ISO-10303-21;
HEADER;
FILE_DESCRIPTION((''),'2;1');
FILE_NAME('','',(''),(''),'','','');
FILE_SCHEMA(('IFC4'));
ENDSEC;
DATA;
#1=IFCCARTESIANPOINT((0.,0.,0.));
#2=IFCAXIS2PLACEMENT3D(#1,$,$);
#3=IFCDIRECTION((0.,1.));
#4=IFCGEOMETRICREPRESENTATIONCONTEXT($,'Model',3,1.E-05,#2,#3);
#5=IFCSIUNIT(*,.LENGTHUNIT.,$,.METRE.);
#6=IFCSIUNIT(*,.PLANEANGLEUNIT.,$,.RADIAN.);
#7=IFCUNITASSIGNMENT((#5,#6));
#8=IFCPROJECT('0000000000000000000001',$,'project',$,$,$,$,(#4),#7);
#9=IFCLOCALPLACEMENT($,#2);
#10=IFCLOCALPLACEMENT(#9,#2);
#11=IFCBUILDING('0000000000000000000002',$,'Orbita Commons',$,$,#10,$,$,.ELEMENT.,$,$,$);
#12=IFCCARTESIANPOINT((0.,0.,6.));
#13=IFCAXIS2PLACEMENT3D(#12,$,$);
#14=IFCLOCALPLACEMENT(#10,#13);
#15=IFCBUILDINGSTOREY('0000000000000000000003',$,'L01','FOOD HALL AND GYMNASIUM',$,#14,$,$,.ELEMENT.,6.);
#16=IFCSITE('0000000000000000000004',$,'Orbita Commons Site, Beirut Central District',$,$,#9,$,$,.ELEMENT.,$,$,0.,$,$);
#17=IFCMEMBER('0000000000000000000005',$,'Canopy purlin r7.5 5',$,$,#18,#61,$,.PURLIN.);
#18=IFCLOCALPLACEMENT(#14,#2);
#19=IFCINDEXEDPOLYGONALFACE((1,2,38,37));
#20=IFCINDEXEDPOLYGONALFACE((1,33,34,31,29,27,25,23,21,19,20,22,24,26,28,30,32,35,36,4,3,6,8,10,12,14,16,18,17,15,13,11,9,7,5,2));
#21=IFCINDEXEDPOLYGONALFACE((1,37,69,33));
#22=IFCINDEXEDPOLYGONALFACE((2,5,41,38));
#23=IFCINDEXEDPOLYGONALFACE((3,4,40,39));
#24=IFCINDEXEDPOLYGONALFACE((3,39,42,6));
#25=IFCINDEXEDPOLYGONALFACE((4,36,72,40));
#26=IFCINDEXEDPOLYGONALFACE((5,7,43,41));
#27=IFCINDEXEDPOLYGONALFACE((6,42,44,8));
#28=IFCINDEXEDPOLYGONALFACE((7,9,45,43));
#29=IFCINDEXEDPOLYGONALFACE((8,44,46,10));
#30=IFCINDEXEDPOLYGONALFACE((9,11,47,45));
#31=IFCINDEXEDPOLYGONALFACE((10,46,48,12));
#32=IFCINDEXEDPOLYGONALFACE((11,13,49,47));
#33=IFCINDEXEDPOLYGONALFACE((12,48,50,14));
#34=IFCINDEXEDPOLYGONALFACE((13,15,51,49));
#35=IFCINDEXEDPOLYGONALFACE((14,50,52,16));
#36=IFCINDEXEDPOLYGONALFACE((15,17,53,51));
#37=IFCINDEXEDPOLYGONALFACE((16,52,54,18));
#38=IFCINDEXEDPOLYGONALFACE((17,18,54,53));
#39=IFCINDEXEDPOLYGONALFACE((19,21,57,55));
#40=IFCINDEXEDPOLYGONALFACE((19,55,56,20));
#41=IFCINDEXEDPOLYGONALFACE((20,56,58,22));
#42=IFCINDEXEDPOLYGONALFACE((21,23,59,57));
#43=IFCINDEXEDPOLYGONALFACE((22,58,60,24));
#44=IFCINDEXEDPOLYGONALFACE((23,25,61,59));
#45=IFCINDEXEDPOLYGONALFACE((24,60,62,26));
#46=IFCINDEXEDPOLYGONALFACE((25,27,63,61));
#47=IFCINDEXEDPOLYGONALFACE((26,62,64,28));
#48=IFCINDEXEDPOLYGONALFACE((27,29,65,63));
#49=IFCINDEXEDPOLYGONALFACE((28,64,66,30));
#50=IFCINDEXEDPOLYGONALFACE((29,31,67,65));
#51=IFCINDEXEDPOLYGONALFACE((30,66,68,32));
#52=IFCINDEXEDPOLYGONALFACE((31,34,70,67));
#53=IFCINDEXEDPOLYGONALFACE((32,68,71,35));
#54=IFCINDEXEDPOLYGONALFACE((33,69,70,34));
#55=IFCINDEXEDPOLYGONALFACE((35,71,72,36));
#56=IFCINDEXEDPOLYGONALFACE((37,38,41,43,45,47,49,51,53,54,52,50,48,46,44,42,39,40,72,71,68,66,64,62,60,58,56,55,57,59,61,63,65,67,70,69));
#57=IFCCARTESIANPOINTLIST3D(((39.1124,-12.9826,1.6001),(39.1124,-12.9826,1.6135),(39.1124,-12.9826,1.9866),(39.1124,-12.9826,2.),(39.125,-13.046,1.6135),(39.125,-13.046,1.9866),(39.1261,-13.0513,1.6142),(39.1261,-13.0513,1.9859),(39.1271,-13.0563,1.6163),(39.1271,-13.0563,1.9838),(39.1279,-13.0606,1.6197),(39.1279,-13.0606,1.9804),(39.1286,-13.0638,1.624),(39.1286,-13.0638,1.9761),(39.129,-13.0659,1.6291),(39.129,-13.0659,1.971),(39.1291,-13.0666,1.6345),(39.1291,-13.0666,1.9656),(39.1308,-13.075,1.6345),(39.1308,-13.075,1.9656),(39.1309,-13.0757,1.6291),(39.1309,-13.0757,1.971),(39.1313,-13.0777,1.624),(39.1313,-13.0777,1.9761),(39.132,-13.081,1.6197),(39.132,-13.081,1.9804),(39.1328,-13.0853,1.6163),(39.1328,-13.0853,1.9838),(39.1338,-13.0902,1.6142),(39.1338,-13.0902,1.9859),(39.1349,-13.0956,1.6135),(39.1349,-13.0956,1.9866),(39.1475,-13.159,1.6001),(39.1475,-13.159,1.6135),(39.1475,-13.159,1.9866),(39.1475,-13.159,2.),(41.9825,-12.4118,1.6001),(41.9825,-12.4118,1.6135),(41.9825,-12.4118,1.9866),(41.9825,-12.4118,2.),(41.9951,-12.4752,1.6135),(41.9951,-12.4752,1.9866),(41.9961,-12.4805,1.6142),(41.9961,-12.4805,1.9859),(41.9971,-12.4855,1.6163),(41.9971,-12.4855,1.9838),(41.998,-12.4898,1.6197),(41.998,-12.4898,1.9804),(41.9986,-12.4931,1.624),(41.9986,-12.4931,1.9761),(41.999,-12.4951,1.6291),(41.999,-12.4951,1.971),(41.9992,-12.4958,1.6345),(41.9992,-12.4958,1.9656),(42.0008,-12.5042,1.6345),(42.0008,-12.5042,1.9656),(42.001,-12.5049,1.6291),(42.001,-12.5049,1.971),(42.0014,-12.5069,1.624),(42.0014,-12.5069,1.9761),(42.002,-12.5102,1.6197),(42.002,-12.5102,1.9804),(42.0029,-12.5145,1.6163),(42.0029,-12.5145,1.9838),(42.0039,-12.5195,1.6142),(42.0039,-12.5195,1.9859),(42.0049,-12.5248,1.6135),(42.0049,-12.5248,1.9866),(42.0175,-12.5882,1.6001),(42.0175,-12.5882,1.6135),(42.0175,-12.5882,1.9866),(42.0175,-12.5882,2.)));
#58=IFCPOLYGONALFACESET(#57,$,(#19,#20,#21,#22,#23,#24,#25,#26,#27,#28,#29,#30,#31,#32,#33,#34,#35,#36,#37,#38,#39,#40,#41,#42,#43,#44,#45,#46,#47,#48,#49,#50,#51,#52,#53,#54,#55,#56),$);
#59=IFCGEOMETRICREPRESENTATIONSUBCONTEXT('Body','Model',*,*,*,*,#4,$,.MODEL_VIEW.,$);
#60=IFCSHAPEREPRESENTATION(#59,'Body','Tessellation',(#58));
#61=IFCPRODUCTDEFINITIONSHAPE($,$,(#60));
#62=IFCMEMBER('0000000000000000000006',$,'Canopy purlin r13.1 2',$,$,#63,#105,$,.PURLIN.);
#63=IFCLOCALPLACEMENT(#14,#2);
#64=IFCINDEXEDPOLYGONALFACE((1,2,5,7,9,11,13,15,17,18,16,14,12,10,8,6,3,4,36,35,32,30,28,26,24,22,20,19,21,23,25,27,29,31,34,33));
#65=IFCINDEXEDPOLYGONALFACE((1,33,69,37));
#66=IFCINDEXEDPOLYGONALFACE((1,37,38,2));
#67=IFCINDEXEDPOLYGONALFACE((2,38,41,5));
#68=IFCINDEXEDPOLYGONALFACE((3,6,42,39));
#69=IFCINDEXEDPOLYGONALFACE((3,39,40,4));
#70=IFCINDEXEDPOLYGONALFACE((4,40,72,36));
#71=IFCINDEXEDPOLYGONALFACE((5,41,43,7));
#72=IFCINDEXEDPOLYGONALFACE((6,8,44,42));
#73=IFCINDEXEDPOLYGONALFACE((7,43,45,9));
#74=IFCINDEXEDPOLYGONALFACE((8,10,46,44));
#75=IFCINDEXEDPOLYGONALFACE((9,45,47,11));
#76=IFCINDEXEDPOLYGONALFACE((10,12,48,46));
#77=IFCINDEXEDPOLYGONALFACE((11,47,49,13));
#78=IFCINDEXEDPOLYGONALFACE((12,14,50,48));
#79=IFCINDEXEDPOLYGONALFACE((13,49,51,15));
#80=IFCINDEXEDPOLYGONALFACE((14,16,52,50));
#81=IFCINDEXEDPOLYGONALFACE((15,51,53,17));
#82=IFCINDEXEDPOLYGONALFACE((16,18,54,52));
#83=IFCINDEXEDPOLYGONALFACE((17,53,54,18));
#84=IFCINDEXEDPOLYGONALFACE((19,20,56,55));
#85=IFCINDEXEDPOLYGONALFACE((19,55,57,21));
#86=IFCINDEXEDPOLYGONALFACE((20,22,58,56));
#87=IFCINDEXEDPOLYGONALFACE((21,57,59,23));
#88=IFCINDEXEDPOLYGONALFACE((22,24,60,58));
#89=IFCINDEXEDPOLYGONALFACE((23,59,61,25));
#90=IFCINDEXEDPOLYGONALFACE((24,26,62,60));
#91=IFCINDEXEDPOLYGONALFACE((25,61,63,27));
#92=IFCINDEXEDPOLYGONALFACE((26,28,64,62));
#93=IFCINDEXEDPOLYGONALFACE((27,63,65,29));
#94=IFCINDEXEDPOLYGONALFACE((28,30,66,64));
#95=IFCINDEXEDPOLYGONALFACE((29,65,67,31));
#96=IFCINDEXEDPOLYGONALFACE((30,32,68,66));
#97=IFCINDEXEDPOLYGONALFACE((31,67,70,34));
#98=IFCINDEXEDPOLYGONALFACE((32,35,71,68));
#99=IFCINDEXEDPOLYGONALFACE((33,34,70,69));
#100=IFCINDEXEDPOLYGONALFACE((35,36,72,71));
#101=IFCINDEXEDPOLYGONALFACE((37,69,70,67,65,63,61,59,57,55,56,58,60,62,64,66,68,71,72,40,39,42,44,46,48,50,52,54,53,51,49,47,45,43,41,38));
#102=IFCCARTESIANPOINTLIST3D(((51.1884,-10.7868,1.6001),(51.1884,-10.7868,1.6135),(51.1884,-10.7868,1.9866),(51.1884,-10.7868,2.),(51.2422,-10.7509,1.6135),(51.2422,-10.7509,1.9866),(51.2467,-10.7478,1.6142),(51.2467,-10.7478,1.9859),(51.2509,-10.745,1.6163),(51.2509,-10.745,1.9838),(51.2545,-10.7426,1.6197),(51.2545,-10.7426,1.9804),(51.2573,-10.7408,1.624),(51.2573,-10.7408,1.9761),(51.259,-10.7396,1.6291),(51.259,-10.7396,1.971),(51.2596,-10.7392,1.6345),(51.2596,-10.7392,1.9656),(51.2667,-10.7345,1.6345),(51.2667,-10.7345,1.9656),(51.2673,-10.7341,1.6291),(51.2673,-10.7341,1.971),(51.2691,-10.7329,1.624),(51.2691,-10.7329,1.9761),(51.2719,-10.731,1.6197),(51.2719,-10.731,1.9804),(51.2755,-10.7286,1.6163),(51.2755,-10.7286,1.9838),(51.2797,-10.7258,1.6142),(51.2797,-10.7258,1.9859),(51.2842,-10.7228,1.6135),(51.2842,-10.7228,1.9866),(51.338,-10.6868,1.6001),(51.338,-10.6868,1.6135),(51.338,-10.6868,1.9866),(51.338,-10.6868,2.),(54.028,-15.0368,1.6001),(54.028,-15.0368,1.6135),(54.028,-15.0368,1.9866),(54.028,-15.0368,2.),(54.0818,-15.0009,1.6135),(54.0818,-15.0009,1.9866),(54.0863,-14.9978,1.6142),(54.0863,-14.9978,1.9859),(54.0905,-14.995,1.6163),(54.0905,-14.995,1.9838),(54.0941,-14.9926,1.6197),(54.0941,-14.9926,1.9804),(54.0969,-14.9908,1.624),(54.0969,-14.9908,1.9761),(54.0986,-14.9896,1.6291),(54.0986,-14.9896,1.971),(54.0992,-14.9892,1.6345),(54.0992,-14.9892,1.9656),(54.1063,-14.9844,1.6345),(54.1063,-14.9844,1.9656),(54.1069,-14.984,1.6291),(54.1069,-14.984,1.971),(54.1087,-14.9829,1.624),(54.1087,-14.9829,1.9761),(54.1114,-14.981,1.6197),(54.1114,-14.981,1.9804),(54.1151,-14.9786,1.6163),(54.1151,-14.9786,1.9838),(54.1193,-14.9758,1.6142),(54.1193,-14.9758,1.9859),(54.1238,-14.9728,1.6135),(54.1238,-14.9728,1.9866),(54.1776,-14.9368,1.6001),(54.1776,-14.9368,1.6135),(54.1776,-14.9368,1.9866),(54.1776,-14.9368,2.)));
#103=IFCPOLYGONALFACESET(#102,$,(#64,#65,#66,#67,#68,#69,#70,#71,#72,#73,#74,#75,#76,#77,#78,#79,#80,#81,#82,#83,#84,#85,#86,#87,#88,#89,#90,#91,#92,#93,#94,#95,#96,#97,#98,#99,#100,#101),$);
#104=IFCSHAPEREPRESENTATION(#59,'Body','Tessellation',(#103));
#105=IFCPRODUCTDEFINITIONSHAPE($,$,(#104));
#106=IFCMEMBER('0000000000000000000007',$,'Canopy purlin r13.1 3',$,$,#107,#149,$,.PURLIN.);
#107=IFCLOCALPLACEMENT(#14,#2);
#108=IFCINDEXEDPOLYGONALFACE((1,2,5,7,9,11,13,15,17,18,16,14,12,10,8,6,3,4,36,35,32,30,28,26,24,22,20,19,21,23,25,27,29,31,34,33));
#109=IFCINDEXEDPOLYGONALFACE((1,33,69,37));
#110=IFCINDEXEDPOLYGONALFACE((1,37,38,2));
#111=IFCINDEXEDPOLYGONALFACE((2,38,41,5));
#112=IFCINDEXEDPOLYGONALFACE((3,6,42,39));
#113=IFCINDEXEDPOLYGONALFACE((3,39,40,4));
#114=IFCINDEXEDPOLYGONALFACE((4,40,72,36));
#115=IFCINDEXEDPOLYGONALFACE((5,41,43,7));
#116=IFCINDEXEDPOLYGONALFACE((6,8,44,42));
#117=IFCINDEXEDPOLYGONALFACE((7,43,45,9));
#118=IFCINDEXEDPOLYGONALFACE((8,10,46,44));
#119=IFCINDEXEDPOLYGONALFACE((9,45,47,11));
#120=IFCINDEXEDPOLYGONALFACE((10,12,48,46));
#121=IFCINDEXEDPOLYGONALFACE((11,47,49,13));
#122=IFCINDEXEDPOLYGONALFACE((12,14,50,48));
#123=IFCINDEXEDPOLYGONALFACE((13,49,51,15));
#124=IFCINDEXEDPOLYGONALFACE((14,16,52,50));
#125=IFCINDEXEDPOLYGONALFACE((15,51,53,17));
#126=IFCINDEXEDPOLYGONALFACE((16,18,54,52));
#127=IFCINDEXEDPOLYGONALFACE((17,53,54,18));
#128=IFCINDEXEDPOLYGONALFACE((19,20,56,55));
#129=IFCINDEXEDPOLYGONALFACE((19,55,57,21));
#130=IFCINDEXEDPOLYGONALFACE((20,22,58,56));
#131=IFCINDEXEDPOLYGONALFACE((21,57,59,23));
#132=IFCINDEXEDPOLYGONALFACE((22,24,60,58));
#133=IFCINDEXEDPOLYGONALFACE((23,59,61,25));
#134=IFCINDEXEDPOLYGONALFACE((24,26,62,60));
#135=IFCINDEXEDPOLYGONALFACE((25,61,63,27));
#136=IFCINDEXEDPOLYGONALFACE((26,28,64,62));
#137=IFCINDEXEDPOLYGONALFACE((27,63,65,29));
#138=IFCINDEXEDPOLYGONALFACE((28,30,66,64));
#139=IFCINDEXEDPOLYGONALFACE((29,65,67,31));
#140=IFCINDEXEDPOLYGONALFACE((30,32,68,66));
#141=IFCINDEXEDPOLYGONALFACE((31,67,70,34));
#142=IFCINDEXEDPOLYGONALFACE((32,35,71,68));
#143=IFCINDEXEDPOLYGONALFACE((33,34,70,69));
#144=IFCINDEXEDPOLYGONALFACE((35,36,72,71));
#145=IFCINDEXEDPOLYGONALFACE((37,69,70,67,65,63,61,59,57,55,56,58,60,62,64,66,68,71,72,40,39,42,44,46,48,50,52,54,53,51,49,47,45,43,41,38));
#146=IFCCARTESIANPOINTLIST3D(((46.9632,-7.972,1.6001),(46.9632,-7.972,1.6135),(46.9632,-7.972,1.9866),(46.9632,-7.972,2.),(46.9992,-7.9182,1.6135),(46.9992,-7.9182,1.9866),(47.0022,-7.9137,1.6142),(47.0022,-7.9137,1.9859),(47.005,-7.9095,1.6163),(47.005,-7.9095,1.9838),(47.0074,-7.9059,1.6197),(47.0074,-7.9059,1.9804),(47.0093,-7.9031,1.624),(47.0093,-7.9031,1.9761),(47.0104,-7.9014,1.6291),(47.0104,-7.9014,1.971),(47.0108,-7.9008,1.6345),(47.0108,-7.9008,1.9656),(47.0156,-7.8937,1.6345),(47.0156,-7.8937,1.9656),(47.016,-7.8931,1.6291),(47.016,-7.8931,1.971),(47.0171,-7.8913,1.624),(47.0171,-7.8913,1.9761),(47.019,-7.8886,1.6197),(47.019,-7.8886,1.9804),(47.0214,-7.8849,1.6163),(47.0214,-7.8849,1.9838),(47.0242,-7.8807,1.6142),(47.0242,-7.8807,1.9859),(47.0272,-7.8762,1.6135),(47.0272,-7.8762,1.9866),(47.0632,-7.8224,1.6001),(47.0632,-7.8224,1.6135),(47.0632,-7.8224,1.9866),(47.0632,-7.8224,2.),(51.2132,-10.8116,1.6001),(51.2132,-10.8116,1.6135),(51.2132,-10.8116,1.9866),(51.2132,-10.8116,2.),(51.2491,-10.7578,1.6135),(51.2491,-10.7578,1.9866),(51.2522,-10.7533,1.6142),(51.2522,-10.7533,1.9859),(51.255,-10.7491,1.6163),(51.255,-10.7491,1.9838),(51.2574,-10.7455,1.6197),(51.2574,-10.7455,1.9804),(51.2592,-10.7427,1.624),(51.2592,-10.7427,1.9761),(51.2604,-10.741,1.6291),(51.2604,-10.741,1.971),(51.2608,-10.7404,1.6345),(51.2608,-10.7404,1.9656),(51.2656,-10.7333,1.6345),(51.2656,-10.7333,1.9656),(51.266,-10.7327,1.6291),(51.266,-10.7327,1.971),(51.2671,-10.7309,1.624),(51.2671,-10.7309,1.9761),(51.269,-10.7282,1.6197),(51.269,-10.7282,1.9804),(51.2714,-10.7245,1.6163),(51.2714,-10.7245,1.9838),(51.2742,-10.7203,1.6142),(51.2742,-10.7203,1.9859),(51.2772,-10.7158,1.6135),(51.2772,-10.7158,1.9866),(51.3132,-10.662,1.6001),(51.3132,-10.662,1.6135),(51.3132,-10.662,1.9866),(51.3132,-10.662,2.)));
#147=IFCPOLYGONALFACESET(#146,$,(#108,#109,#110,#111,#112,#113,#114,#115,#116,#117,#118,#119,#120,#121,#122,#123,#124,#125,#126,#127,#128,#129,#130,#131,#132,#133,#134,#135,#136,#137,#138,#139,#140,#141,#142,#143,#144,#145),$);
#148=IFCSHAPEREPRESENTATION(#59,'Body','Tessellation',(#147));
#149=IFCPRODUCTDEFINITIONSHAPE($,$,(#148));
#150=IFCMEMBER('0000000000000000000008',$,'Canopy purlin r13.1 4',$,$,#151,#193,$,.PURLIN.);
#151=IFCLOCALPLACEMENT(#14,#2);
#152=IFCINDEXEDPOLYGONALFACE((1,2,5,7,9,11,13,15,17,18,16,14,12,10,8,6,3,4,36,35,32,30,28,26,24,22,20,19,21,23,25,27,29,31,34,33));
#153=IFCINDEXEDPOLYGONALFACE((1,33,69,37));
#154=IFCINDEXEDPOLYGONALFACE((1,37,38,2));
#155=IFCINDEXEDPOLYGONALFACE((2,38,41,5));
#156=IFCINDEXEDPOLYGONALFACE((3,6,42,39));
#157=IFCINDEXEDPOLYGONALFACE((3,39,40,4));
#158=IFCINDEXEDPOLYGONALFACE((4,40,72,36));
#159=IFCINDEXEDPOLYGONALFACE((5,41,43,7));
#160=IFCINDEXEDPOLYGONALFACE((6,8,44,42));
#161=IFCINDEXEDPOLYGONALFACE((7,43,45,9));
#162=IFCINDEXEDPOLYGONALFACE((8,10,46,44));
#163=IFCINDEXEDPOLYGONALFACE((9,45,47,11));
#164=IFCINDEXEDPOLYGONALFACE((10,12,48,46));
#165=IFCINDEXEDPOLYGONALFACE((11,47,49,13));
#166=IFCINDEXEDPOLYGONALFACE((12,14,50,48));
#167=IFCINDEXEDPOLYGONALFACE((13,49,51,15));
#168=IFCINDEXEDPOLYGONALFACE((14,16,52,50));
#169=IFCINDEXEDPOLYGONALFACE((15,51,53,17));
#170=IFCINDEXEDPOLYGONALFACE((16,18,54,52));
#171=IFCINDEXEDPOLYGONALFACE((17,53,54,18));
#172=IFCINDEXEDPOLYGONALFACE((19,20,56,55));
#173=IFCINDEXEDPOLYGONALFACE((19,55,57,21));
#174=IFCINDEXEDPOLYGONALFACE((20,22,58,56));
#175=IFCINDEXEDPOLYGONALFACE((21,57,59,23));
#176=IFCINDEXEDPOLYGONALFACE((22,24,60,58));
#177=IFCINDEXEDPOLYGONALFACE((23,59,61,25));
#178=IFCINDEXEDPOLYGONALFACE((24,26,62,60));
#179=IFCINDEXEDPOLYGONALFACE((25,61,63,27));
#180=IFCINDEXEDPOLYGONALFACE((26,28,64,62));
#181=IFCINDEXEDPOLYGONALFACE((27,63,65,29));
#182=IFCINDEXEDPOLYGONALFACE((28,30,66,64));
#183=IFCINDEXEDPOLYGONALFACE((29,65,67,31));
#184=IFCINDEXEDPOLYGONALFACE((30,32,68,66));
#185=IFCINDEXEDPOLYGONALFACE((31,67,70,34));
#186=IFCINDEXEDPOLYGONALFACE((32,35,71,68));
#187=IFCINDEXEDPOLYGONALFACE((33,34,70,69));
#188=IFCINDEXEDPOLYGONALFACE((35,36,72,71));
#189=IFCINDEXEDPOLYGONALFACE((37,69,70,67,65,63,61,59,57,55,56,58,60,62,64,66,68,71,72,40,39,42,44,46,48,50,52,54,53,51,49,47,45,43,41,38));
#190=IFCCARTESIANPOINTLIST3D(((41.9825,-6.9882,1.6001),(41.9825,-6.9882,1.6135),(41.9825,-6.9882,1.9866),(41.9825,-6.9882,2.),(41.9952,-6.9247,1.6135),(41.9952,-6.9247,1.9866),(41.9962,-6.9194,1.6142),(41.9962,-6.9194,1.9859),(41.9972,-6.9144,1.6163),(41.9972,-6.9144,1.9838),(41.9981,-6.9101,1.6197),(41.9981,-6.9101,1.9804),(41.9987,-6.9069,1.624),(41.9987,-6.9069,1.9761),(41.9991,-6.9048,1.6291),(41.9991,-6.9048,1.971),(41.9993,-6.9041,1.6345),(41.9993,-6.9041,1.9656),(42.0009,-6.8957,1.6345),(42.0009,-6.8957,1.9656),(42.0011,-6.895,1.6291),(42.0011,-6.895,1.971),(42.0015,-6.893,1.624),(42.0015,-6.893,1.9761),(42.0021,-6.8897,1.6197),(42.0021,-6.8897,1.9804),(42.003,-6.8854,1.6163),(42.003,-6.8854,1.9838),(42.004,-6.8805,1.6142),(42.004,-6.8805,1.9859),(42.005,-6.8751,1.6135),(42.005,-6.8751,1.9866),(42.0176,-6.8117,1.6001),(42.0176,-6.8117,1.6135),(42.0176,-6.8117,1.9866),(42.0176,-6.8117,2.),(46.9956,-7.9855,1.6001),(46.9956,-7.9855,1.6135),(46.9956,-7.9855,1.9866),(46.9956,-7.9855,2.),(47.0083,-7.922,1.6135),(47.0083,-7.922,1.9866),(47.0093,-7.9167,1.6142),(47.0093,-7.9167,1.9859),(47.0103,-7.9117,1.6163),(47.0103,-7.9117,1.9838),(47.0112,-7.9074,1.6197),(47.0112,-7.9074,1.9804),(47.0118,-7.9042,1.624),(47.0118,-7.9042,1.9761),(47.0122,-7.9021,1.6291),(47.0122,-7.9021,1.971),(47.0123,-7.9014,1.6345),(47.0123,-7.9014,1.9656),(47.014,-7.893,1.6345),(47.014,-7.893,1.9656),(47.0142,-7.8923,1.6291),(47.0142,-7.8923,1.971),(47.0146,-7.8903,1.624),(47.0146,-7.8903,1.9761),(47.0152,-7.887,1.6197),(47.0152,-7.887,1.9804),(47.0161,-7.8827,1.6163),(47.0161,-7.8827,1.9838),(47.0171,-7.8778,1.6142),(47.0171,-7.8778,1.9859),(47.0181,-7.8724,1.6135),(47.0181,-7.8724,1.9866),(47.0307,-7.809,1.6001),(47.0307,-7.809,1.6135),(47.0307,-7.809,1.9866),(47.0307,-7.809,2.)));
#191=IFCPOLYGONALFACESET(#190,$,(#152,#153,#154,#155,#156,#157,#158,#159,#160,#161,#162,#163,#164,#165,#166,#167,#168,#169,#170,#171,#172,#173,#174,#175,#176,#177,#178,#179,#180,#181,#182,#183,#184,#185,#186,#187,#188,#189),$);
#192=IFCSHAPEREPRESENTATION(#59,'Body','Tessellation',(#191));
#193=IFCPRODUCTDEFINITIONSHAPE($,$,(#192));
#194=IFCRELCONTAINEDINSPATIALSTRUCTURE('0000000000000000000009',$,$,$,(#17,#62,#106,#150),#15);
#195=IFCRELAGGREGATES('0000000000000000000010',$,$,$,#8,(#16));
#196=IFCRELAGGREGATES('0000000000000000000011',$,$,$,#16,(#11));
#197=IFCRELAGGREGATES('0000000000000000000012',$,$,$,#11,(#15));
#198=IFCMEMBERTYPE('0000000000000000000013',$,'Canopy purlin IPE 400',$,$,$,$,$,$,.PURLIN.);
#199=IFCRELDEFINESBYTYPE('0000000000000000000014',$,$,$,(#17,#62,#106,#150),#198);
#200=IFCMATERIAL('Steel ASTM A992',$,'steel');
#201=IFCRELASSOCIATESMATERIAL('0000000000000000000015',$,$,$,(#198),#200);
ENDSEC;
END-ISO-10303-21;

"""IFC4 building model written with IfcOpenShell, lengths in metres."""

from ifc_helpers import new_model, si_unit, direction, frame, origin, origin_2d, place, context, subcontext, project, spatial, i_section, extrude, material, material_profile, profile_set, type_object, element, save


model = new_model("IFC4")

# Units and contexts
model_context = context("Model", 3, precision=1e-05, world=origin(), true_north=direction((0.0, 1.0)))
body_context = subcontext(model_context, "Body", "Model", "MODEL_VIEW")
ifc_project = project(units=[si_unit("LENGTHUNIT", "METRE"), si_unit("PLANEANGLEUNIT", "RADIAN")], contexts=[model_context])

# Site, building, storey
site_placement = place(None, origin())
site = spatial("IfcSite", under=ifc_project, at=site_placement, Name="Orbita Commons Site, Beirut Central District", CompositionType="ELEMENT", RefElevation=0.0)
building_placement = place(site_placement, origin())
building = spatial("IfcBuilding", under=site, at=building_placement, Name="Orbita Commons", CompositionType="ELEMENT")
storey_placement = place(building_placement, frame((0.0, 0.0, 6.0)))
storey = spatial("IfcBuildingStorey", under=building, at=storey_placement, Name="L01", Description="FOOD HALL AND GYMNASIUM", CompositionType="ELEMENT", Elevation=6.0)

# Members
ifc_material_1 = material(Name="Steel ASTM A992", Category="steel")
ifc_material_profile_1 = material_profile(ifc_material_1, i_section(OverallWidth=0.1799, OverallDepth=0.3999, WebThickness=0.0085, FlangeThickness=0.0134, FilletRadius=0.021, at=origin_2d()), Name="IPE 400")
ifc_profile_set_1 = profile_set([ifc_material_profile_1], Name="Steel ASTM A992")
member_type_1 = type_object("IfcMemberType", Name="Canopy purlin IPE 400", PredefinedType="PURLIN", material=ifc_profile_set_1)
for number, where, z_axis, x_axis, name in (
    (1, (42.0, -12.5, 1.8), (-0.980792, -0.195057, 0.0), (0.195057, -0.980792, 0.0), "Canopy purlin r7.5 5"),
):
    element("IfcMember", number, at=place(storey_placement, frame(where, z_axis=z_axis, x_axis=x_axis)), inside=storey, type_object=member_type_1, Name=name, PredefinedType="PURLIN", context=body_context, shape_type="SweptSolid", body=[
        extrude(i_section(OverallWidth=0.1799, OverallDepth=0.3999, WebThickness=0.0085, FlangeThickness=0.0134, FilletRadius=0.021, at=origin_2d()), origin(), (0.0, 0.0, 1.0), 2.9263),
    ])
for number, where, z_axis, x_axis, name in (
    (2, (54.1028, -14.9868, 1.8), (-0.555549, 0.831484, 0.0), (-0.831484, -0.555549, 0.0), "Canopy purlin r13.1 2"),
    (3, (51.2632, -10.7368, 1.8), (-0.831484, 0.555549, 0.0), (-0.555549, -0.831484, 0.0), "Canopy purlin r13.1 3"),
    (4, (47.0132, -7.8972, 1.8), (-0.98078, 0.195115, 0.0), (-0.195115, -0.98078, 0.0), "Canopy purlin r13.1 4"),
):
    element("IfcMember", number, at=place(storey_placement, frame(where, z_axis=z_axis, x_axis=x_axis)), inside=storey, type_object=member_type_1, Name=name, PredefinedType="PURLIN", context=body_context, shape_type="SweptSolid", body=[
        extrude(i_section(OverallWidth=0.1799, OverallDepth=0.3999, WebThickness=0.0085, FlangeThickness=0.0134, FilletRadius=0.021, at=origin_2d()), origin(), (0.0, 0.0, 1.0), 5.1113),
    ])

save(model, "model.ifc")
